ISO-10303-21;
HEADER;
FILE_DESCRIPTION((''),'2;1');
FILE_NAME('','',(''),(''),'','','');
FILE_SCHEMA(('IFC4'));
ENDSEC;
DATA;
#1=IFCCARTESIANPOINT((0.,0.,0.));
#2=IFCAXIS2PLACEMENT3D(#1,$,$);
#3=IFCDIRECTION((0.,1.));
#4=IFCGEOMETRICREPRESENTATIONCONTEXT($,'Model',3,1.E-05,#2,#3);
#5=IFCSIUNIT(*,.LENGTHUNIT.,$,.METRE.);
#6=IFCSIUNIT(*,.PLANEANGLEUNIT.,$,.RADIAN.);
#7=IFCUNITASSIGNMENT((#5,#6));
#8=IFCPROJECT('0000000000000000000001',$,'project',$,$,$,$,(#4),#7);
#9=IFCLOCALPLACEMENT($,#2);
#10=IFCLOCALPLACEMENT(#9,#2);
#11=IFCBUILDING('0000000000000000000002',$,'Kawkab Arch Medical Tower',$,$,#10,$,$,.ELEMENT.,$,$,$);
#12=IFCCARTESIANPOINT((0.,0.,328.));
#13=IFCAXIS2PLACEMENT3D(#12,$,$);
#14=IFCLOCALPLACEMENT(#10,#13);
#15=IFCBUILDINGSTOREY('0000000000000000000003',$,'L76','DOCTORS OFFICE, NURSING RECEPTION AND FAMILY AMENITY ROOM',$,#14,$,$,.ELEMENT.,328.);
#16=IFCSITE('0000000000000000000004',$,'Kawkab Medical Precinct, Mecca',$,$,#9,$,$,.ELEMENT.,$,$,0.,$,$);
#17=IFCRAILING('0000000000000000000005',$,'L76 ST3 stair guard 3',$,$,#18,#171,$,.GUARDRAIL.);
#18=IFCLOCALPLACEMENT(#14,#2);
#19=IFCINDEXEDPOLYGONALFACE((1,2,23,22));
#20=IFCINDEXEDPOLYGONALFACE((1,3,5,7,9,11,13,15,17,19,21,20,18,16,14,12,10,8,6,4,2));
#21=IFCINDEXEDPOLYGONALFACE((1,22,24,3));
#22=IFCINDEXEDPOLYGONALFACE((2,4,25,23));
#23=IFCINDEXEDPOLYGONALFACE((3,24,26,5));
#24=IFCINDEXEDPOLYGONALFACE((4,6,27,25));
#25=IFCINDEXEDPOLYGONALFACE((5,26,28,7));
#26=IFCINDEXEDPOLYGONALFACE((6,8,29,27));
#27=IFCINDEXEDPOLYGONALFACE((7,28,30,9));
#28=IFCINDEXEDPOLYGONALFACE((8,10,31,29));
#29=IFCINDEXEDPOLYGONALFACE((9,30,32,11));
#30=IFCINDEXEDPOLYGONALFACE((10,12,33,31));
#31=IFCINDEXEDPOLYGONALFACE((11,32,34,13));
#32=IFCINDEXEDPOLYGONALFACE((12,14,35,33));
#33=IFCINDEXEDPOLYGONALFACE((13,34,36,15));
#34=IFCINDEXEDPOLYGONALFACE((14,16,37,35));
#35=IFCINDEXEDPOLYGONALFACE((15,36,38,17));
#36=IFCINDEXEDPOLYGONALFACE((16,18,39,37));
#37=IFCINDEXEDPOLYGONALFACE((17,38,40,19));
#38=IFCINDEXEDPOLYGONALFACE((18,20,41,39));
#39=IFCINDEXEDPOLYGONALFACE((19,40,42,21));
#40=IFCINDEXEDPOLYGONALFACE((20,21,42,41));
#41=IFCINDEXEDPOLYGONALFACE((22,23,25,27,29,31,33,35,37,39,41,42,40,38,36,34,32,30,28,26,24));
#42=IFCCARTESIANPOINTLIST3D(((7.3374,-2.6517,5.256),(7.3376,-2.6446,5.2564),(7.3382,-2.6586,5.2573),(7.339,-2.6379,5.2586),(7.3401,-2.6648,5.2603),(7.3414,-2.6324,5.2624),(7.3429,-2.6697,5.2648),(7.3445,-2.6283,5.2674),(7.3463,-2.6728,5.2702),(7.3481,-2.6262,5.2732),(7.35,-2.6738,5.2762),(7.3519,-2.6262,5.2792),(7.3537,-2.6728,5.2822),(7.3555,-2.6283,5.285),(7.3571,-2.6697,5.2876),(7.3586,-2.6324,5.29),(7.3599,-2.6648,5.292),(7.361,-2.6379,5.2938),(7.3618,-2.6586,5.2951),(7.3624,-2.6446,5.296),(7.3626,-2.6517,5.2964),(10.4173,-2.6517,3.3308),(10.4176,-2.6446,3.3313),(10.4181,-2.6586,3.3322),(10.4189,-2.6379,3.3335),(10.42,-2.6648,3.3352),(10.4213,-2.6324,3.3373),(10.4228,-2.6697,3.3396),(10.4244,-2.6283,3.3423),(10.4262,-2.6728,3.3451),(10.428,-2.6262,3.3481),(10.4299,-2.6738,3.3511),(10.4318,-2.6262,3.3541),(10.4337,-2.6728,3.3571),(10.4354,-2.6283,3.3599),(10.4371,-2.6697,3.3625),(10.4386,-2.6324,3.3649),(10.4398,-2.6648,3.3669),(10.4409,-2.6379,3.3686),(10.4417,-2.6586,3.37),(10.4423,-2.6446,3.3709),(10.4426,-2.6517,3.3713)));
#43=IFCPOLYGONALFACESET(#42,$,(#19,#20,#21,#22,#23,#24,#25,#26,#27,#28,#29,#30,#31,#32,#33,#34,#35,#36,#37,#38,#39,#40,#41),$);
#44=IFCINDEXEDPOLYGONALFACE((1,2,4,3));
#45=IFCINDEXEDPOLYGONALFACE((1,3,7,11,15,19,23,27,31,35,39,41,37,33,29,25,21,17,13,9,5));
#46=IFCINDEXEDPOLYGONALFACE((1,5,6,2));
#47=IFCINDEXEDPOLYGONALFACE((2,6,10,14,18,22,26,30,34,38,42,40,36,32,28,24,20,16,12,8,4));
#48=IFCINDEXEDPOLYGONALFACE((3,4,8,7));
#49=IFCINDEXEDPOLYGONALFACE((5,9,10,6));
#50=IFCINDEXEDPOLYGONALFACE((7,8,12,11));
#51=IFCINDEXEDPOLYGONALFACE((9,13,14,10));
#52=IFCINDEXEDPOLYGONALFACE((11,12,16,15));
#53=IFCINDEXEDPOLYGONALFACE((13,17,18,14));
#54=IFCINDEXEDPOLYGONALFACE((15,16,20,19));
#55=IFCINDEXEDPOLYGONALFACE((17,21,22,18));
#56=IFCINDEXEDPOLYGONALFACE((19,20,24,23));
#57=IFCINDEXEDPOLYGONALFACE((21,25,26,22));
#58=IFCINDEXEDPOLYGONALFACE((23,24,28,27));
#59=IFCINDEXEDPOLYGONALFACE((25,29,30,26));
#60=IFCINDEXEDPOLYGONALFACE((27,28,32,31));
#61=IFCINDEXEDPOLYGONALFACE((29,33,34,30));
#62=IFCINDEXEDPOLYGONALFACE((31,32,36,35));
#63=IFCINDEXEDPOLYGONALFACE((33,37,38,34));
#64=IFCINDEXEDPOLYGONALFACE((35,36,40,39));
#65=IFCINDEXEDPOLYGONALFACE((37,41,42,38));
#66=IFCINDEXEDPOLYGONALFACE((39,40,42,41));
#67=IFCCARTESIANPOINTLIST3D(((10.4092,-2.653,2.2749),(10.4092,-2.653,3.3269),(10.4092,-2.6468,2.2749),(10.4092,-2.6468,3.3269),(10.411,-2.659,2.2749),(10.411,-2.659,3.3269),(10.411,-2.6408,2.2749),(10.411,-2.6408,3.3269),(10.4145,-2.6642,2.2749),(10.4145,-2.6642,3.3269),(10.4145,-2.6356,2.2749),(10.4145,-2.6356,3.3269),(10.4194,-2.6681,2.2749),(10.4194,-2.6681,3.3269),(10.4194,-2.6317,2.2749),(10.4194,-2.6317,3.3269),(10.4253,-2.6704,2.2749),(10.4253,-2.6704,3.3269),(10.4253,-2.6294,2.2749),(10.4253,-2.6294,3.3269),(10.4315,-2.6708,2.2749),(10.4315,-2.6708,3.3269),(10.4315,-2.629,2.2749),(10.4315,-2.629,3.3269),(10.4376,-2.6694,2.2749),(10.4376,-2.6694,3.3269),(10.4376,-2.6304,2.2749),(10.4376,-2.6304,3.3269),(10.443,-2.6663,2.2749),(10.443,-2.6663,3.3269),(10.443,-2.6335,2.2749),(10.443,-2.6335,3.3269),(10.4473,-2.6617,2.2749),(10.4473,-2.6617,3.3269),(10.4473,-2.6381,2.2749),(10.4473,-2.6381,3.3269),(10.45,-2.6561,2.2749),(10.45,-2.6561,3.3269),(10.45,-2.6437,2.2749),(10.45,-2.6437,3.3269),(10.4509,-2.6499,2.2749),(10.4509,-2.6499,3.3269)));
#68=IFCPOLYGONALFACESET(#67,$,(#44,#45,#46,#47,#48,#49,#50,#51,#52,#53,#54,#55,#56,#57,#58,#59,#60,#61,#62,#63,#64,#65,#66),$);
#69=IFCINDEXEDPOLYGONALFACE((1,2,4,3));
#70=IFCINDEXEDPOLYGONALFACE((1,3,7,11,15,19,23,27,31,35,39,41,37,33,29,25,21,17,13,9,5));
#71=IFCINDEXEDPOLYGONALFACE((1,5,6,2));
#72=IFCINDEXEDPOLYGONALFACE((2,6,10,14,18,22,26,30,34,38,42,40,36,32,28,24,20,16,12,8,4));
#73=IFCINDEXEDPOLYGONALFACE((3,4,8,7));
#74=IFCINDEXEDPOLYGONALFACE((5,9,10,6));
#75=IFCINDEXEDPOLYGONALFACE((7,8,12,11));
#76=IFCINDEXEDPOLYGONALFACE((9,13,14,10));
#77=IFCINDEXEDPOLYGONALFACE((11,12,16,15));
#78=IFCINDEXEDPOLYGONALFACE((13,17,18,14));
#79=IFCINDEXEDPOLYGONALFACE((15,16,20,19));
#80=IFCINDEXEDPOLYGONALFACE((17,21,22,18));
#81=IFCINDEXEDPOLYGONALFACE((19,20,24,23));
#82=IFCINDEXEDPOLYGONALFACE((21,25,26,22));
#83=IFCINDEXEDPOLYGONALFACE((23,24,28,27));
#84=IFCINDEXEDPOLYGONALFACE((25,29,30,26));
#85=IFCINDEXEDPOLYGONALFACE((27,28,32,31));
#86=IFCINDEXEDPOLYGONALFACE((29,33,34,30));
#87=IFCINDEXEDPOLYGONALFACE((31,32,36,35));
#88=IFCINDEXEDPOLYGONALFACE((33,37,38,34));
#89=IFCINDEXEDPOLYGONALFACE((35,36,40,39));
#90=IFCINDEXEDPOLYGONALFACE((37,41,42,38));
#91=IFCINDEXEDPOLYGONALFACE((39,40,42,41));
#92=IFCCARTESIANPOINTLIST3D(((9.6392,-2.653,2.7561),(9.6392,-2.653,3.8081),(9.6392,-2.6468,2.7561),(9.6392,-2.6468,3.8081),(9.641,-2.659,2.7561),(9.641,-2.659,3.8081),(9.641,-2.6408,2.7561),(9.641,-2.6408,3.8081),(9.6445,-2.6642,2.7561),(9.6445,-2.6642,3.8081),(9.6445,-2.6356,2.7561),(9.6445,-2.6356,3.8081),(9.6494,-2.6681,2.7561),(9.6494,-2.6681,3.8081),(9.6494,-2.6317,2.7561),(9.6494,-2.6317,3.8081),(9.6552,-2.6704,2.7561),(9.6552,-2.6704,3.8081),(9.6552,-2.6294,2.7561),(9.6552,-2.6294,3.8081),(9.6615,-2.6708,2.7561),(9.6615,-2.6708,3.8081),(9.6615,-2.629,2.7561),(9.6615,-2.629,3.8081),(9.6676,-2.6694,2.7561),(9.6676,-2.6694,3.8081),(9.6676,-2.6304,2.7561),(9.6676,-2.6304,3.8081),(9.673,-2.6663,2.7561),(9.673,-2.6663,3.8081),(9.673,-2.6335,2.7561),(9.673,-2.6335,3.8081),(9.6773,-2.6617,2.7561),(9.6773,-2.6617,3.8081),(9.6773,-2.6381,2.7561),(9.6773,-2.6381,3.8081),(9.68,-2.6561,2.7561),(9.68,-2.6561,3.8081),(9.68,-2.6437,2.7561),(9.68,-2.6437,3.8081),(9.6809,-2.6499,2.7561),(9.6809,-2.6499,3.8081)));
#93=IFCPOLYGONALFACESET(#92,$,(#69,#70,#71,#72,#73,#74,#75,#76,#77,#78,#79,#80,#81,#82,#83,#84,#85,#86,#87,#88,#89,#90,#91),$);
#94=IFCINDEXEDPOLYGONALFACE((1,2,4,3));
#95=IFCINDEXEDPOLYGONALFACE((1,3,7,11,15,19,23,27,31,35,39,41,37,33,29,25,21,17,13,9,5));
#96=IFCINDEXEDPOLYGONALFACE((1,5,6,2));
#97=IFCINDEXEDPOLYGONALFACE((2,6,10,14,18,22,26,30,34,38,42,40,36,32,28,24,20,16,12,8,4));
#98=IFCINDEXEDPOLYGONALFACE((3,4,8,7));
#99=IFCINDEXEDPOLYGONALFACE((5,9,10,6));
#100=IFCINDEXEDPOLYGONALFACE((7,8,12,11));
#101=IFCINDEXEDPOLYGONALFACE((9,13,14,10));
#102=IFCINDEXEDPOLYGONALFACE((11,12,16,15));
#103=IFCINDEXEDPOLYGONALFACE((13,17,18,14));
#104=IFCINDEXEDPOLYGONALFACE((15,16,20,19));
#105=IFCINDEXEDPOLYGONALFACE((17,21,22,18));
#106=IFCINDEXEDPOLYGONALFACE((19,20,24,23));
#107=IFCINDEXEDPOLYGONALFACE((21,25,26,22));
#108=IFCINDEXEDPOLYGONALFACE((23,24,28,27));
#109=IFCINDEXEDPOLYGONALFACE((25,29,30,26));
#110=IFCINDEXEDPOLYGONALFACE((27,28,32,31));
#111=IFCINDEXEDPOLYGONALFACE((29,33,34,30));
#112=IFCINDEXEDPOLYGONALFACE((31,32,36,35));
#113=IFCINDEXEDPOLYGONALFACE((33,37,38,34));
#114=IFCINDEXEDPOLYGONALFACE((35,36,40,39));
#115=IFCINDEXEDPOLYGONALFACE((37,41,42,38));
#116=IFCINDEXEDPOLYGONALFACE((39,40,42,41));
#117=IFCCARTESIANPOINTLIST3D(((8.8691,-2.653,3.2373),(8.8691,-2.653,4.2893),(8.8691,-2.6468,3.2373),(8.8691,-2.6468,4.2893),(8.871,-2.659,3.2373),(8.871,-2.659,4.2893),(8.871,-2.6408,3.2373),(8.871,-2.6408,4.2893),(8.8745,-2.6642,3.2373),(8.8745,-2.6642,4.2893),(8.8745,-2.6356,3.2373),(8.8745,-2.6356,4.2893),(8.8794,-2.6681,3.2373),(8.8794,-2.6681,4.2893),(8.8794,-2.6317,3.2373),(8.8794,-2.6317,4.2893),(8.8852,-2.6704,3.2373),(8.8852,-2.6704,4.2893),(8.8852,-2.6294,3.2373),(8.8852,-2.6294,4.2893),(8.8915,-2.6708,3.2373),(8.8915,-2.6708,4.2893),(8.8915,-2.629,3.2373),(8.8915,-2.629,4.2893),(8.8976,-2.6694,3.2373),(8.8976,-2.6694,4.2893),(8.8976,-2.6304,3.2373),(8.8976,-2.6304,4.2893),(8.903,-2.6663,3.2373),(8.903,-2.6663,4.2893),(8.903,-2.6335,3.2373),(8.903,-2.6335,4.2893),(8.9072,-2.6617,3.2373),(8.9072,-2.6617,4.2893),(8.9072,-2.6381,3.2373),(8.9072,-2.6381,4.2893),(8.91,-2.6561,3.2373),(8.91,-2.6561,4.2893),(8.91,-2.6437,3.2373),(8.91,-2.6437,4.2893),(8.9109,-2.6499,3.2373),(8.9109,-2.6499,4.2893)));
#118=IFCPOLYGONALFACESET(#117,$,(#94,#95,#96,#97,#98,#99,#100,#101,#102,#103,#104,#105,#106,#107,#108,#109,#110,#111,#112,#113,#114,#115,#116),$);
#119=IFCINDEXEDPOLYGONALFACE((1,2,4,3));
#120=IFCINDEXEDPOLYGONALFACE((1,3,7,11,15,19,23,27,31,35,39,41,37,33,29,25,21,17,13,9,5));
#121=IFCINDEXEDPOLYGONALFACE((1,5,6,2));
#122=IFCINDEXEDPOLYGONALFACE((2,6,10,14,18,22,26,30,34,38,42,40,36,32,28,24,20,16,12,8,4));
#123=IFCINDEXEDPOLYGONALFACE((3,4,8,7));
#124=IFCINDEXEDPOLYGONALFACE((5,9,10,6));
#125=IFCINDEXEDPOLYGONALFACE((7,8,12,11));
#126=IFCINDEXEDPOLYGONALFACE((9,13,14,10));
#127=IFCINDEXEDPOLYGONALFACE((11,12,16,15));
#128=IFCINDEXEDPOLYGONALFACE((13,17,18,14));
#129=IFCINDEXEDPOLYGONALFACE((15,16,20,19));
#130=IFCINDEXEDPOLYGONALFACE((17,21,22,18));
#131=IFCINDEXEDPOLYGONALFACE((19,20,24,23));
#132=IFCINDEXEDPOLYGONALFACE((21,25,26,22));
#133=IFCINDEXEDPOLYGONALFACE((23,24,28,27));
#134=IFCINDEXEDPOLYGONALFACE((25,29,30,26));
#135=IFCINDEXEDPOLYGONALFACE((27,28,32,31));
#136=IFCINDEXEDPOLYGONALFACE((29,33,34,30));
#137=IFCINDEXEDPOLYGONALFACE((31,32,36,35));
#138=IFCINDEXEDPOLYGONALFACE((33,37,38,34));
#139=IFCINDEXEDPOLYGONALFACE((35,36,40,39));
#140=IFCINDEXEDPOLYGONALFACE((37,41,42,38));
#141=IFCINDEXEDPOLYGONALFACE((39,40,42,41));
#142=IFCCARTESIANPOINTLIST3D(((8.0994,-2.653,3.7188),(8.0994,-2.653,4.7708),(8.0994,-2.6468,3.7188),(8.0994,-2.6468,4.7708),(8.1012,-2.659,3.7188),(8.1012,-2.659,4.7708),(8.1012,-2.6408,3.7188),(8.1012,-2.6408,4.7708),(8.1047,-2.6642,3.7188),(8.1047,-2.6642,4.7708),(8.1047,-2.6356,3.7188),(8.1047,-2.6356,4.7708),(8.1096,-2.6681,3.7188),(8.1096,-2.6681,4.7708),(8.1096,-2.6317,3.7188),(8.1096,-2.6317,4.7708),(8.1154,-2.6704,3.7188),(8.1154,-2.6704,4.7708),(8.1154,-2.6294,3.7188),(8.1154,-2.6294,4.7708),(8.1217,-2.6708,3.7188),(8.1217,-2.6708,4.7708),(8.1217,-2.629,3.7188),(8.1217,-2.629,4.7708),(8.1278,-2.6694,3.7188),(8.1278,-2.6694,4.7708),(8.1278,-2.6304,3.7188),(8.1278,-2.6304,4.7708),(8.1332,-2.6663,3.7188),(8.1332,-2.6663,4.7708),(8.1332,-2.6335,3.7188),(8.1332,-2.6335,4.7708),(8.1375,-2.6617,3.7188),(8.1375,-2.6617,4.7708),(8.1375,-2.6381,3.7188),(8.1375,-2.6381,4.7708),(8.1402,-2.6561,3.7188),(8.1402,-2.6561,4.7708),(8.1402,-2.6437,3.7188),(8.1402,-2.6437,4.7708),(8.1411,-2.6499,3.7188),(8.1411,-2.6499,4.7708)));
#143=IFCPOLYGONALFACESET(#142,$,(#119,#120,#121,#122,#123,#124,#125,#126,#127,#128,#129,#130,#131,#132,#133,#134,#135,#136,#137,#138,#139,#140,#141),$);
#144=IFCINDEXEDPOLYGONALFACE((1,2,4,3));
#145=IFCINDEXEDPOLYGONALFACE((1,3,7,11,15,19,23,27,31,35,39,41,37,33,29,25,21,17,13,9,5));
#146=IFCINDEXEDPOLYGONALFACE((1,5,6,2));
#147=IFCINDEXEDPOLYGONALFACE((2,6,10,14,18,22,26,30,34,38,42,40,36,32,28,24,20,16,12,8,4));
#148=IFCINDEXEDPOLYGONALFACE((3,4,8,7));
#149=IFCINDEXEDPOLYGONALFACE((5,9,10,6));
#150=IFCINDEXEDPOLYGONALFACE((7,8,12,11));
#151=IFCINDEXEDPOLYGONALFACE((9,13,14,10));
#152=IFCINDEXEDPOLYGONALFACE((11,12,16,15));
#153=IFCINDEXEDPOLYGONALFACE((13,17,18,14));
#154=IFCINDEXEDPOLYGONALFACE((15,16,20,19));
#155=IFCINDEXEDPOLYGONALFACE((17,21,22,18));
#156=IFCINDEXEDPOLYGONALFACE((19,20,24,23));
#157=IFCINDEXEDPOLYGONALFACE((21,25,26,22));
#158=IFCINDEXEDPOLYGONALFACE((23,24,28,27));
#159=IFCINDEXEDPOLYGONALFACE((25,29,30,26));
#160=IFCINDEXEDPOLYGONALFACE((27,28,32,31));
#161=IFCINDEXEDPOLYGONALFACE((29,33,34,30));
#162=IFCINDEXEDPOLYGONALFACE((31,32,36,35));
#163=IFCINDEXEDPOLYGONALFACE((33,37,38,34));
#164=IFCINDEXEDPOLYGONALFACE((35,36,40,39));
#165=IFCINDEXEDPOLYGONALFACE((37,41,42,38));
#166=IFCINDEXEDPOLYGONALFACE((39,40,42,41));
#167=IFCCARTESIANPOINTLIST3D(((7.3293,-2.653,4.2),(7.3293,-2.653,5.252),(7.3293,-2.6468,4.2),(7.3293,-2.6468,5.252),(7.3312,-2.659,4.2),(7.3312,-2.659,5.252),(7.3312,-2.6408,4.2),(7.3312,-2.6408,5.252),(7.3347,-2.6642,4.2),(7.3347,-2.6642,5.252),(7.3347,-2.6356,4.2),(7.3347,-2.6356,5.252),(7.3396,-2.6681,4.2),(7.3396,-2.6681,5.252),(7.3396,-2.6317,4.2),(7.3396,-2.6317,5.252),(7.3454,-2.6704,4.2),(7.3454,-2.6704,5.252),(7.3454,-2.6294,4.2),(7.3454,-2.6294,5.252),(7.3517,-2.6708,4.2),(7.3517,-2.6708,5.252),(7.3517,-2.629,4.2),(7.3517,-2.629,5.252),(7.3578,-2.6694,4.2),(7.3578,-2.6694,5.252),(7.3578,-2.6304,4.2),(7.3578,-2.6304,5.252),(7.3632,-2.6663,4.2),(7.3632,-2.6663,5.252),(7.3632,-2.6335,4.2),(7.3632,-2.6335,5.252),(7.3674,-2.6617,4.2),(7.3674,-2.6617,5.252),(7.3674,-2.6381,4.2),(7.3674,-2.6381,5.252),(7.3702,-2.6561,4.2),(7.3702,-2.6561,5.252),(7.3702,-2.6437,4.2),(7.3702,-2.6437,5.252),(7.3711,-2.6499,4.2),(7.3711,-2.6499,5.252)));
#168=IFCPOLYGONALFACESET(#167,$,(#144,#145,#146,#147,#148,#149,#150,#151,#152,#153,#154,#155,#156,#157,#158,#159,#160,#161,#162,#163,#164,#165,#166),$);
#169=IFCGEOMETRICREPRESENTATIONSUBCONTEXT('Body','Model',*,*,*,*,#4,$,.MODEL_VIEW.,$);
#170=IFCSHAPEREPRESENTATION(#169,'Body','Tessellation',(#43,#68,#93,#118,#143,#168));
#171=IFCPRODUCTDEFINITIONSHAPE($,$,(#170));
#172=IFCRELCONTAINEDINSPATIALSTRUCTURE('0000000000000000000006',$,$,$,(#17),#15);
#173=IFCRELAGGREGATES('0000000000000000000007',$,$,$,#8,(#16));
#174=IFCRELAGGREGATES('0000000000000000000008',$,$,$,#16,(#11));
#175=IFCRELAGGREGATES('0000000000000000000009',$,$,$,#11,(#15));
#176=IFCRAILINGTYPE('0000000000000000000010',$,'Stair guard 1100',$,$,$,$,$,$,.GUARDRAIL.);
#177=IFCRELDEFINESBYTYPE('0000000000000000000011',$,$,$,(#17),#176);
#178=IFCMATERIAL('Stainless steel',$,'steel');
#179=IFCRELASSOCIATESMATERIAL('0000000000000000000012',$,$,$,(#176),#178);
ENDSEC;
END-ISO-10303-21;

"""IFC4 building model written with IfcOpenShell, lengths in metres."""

from ifc_helpers import new_model, si_unit, direction, frame, origin, origin_2d, place, context, subcontext, project, spatial, circle, extrude, material, type_object, element, save


model = new_model("IFC4")

# Units and contexts
model_context = context("Model", 3, precision=1e-05, world=origin(), true_north=direction((0.0, 1.0)))
body_context = subcontext(model_context, "Body", "Model", "MODEL_VIEW")
ifc_project = project(units=[si_unit("LENGTHUNIT", "METRE"), si_unit("PLANEANGLEUNIT", "RADIAN")], contexts=[model_context])

# Site, building, storey
site_placement = place(None, origin())
site = spatial("IfcSite", under=ifc_project, at=site_placement, Name="Kawkab Medical Precinct, Mecca", CompositionType="ELEMENT", RefElevation=0.0)
building_placement = place(site_placement, origin())
building = spatial("IfcBuilding", under=site, at=building_placement, Name="Kawkab Arch Medical Tower", CompositionType="ELEMENT")
storey_placement = place(building_placement, frame((0.0, 0.0, 328.0)))
storey = spatial("IfcBuildingStorey", under=building, at=storey_placement, Name="L76", Description="DOCTORS OFFICE, NURSING RECEPTION AND FAMILY AMENITY ROOM", CompositionType="ELEMENT", Elevation=328.0)

# Railing
ifc_material_1 = material(Name="Stainless steel", Category="steel")
railing_type_1 = type_object("IfcRailingType", Name="Stair guard 1100", PredefinedType="GUARDRAIL", material=ifc_material_1)
railing_1_placement = place(storey_placement, frame((10.4299, -2.6499, 2.2749)))
element("IfcRailing", 1, at=railing_1_placement, inside=storey, type_object=railing_type_1, Name="L76 ST3 stair guard 3", PredefinedType="GUARDRAIL", context=body_context, shape_type="SweptSolid", body=[
    extrude(circle(Radius=0.0239, at=origin_2d()), frame((0.0, 0.0, 1.0762), z_axis=(-0.847979, 0.0, 0.530029), x_axis=(0.0, -1.0, 0.0)), (0.0, 0.0, 1.0), 3.6321),
    extrude(circle(Radius=0.021, at=origin_2d()), origin(), (0.0, 0.0, 1.0), 1.052),
    extrude(circle(Radius=0.021, at=origin_2d()), frame((-0.77, 0.0, 0.4812)), (0.0, 0.0, 1.0), 1.052),
    extrude(circle(Radius=0.021, at=origin_2d()), frame((-1.54, 0.0, 0.9624)), (0.0, 0.0, 1.0), 1.052),
    extrude(circle(Radius=0.021, at=origin_2d()), frame((-2.3098, 0.0, 1.4438)), (0.0, 0.0, 1.0), 1.052),
    extrude(circle(Radius=0.021, at=origin_2d()), frame((-3.0798, 0.0, 1.925)), (0.0, 0.0, 1.0), 1.052),
])

save(model, "model.ifc")
